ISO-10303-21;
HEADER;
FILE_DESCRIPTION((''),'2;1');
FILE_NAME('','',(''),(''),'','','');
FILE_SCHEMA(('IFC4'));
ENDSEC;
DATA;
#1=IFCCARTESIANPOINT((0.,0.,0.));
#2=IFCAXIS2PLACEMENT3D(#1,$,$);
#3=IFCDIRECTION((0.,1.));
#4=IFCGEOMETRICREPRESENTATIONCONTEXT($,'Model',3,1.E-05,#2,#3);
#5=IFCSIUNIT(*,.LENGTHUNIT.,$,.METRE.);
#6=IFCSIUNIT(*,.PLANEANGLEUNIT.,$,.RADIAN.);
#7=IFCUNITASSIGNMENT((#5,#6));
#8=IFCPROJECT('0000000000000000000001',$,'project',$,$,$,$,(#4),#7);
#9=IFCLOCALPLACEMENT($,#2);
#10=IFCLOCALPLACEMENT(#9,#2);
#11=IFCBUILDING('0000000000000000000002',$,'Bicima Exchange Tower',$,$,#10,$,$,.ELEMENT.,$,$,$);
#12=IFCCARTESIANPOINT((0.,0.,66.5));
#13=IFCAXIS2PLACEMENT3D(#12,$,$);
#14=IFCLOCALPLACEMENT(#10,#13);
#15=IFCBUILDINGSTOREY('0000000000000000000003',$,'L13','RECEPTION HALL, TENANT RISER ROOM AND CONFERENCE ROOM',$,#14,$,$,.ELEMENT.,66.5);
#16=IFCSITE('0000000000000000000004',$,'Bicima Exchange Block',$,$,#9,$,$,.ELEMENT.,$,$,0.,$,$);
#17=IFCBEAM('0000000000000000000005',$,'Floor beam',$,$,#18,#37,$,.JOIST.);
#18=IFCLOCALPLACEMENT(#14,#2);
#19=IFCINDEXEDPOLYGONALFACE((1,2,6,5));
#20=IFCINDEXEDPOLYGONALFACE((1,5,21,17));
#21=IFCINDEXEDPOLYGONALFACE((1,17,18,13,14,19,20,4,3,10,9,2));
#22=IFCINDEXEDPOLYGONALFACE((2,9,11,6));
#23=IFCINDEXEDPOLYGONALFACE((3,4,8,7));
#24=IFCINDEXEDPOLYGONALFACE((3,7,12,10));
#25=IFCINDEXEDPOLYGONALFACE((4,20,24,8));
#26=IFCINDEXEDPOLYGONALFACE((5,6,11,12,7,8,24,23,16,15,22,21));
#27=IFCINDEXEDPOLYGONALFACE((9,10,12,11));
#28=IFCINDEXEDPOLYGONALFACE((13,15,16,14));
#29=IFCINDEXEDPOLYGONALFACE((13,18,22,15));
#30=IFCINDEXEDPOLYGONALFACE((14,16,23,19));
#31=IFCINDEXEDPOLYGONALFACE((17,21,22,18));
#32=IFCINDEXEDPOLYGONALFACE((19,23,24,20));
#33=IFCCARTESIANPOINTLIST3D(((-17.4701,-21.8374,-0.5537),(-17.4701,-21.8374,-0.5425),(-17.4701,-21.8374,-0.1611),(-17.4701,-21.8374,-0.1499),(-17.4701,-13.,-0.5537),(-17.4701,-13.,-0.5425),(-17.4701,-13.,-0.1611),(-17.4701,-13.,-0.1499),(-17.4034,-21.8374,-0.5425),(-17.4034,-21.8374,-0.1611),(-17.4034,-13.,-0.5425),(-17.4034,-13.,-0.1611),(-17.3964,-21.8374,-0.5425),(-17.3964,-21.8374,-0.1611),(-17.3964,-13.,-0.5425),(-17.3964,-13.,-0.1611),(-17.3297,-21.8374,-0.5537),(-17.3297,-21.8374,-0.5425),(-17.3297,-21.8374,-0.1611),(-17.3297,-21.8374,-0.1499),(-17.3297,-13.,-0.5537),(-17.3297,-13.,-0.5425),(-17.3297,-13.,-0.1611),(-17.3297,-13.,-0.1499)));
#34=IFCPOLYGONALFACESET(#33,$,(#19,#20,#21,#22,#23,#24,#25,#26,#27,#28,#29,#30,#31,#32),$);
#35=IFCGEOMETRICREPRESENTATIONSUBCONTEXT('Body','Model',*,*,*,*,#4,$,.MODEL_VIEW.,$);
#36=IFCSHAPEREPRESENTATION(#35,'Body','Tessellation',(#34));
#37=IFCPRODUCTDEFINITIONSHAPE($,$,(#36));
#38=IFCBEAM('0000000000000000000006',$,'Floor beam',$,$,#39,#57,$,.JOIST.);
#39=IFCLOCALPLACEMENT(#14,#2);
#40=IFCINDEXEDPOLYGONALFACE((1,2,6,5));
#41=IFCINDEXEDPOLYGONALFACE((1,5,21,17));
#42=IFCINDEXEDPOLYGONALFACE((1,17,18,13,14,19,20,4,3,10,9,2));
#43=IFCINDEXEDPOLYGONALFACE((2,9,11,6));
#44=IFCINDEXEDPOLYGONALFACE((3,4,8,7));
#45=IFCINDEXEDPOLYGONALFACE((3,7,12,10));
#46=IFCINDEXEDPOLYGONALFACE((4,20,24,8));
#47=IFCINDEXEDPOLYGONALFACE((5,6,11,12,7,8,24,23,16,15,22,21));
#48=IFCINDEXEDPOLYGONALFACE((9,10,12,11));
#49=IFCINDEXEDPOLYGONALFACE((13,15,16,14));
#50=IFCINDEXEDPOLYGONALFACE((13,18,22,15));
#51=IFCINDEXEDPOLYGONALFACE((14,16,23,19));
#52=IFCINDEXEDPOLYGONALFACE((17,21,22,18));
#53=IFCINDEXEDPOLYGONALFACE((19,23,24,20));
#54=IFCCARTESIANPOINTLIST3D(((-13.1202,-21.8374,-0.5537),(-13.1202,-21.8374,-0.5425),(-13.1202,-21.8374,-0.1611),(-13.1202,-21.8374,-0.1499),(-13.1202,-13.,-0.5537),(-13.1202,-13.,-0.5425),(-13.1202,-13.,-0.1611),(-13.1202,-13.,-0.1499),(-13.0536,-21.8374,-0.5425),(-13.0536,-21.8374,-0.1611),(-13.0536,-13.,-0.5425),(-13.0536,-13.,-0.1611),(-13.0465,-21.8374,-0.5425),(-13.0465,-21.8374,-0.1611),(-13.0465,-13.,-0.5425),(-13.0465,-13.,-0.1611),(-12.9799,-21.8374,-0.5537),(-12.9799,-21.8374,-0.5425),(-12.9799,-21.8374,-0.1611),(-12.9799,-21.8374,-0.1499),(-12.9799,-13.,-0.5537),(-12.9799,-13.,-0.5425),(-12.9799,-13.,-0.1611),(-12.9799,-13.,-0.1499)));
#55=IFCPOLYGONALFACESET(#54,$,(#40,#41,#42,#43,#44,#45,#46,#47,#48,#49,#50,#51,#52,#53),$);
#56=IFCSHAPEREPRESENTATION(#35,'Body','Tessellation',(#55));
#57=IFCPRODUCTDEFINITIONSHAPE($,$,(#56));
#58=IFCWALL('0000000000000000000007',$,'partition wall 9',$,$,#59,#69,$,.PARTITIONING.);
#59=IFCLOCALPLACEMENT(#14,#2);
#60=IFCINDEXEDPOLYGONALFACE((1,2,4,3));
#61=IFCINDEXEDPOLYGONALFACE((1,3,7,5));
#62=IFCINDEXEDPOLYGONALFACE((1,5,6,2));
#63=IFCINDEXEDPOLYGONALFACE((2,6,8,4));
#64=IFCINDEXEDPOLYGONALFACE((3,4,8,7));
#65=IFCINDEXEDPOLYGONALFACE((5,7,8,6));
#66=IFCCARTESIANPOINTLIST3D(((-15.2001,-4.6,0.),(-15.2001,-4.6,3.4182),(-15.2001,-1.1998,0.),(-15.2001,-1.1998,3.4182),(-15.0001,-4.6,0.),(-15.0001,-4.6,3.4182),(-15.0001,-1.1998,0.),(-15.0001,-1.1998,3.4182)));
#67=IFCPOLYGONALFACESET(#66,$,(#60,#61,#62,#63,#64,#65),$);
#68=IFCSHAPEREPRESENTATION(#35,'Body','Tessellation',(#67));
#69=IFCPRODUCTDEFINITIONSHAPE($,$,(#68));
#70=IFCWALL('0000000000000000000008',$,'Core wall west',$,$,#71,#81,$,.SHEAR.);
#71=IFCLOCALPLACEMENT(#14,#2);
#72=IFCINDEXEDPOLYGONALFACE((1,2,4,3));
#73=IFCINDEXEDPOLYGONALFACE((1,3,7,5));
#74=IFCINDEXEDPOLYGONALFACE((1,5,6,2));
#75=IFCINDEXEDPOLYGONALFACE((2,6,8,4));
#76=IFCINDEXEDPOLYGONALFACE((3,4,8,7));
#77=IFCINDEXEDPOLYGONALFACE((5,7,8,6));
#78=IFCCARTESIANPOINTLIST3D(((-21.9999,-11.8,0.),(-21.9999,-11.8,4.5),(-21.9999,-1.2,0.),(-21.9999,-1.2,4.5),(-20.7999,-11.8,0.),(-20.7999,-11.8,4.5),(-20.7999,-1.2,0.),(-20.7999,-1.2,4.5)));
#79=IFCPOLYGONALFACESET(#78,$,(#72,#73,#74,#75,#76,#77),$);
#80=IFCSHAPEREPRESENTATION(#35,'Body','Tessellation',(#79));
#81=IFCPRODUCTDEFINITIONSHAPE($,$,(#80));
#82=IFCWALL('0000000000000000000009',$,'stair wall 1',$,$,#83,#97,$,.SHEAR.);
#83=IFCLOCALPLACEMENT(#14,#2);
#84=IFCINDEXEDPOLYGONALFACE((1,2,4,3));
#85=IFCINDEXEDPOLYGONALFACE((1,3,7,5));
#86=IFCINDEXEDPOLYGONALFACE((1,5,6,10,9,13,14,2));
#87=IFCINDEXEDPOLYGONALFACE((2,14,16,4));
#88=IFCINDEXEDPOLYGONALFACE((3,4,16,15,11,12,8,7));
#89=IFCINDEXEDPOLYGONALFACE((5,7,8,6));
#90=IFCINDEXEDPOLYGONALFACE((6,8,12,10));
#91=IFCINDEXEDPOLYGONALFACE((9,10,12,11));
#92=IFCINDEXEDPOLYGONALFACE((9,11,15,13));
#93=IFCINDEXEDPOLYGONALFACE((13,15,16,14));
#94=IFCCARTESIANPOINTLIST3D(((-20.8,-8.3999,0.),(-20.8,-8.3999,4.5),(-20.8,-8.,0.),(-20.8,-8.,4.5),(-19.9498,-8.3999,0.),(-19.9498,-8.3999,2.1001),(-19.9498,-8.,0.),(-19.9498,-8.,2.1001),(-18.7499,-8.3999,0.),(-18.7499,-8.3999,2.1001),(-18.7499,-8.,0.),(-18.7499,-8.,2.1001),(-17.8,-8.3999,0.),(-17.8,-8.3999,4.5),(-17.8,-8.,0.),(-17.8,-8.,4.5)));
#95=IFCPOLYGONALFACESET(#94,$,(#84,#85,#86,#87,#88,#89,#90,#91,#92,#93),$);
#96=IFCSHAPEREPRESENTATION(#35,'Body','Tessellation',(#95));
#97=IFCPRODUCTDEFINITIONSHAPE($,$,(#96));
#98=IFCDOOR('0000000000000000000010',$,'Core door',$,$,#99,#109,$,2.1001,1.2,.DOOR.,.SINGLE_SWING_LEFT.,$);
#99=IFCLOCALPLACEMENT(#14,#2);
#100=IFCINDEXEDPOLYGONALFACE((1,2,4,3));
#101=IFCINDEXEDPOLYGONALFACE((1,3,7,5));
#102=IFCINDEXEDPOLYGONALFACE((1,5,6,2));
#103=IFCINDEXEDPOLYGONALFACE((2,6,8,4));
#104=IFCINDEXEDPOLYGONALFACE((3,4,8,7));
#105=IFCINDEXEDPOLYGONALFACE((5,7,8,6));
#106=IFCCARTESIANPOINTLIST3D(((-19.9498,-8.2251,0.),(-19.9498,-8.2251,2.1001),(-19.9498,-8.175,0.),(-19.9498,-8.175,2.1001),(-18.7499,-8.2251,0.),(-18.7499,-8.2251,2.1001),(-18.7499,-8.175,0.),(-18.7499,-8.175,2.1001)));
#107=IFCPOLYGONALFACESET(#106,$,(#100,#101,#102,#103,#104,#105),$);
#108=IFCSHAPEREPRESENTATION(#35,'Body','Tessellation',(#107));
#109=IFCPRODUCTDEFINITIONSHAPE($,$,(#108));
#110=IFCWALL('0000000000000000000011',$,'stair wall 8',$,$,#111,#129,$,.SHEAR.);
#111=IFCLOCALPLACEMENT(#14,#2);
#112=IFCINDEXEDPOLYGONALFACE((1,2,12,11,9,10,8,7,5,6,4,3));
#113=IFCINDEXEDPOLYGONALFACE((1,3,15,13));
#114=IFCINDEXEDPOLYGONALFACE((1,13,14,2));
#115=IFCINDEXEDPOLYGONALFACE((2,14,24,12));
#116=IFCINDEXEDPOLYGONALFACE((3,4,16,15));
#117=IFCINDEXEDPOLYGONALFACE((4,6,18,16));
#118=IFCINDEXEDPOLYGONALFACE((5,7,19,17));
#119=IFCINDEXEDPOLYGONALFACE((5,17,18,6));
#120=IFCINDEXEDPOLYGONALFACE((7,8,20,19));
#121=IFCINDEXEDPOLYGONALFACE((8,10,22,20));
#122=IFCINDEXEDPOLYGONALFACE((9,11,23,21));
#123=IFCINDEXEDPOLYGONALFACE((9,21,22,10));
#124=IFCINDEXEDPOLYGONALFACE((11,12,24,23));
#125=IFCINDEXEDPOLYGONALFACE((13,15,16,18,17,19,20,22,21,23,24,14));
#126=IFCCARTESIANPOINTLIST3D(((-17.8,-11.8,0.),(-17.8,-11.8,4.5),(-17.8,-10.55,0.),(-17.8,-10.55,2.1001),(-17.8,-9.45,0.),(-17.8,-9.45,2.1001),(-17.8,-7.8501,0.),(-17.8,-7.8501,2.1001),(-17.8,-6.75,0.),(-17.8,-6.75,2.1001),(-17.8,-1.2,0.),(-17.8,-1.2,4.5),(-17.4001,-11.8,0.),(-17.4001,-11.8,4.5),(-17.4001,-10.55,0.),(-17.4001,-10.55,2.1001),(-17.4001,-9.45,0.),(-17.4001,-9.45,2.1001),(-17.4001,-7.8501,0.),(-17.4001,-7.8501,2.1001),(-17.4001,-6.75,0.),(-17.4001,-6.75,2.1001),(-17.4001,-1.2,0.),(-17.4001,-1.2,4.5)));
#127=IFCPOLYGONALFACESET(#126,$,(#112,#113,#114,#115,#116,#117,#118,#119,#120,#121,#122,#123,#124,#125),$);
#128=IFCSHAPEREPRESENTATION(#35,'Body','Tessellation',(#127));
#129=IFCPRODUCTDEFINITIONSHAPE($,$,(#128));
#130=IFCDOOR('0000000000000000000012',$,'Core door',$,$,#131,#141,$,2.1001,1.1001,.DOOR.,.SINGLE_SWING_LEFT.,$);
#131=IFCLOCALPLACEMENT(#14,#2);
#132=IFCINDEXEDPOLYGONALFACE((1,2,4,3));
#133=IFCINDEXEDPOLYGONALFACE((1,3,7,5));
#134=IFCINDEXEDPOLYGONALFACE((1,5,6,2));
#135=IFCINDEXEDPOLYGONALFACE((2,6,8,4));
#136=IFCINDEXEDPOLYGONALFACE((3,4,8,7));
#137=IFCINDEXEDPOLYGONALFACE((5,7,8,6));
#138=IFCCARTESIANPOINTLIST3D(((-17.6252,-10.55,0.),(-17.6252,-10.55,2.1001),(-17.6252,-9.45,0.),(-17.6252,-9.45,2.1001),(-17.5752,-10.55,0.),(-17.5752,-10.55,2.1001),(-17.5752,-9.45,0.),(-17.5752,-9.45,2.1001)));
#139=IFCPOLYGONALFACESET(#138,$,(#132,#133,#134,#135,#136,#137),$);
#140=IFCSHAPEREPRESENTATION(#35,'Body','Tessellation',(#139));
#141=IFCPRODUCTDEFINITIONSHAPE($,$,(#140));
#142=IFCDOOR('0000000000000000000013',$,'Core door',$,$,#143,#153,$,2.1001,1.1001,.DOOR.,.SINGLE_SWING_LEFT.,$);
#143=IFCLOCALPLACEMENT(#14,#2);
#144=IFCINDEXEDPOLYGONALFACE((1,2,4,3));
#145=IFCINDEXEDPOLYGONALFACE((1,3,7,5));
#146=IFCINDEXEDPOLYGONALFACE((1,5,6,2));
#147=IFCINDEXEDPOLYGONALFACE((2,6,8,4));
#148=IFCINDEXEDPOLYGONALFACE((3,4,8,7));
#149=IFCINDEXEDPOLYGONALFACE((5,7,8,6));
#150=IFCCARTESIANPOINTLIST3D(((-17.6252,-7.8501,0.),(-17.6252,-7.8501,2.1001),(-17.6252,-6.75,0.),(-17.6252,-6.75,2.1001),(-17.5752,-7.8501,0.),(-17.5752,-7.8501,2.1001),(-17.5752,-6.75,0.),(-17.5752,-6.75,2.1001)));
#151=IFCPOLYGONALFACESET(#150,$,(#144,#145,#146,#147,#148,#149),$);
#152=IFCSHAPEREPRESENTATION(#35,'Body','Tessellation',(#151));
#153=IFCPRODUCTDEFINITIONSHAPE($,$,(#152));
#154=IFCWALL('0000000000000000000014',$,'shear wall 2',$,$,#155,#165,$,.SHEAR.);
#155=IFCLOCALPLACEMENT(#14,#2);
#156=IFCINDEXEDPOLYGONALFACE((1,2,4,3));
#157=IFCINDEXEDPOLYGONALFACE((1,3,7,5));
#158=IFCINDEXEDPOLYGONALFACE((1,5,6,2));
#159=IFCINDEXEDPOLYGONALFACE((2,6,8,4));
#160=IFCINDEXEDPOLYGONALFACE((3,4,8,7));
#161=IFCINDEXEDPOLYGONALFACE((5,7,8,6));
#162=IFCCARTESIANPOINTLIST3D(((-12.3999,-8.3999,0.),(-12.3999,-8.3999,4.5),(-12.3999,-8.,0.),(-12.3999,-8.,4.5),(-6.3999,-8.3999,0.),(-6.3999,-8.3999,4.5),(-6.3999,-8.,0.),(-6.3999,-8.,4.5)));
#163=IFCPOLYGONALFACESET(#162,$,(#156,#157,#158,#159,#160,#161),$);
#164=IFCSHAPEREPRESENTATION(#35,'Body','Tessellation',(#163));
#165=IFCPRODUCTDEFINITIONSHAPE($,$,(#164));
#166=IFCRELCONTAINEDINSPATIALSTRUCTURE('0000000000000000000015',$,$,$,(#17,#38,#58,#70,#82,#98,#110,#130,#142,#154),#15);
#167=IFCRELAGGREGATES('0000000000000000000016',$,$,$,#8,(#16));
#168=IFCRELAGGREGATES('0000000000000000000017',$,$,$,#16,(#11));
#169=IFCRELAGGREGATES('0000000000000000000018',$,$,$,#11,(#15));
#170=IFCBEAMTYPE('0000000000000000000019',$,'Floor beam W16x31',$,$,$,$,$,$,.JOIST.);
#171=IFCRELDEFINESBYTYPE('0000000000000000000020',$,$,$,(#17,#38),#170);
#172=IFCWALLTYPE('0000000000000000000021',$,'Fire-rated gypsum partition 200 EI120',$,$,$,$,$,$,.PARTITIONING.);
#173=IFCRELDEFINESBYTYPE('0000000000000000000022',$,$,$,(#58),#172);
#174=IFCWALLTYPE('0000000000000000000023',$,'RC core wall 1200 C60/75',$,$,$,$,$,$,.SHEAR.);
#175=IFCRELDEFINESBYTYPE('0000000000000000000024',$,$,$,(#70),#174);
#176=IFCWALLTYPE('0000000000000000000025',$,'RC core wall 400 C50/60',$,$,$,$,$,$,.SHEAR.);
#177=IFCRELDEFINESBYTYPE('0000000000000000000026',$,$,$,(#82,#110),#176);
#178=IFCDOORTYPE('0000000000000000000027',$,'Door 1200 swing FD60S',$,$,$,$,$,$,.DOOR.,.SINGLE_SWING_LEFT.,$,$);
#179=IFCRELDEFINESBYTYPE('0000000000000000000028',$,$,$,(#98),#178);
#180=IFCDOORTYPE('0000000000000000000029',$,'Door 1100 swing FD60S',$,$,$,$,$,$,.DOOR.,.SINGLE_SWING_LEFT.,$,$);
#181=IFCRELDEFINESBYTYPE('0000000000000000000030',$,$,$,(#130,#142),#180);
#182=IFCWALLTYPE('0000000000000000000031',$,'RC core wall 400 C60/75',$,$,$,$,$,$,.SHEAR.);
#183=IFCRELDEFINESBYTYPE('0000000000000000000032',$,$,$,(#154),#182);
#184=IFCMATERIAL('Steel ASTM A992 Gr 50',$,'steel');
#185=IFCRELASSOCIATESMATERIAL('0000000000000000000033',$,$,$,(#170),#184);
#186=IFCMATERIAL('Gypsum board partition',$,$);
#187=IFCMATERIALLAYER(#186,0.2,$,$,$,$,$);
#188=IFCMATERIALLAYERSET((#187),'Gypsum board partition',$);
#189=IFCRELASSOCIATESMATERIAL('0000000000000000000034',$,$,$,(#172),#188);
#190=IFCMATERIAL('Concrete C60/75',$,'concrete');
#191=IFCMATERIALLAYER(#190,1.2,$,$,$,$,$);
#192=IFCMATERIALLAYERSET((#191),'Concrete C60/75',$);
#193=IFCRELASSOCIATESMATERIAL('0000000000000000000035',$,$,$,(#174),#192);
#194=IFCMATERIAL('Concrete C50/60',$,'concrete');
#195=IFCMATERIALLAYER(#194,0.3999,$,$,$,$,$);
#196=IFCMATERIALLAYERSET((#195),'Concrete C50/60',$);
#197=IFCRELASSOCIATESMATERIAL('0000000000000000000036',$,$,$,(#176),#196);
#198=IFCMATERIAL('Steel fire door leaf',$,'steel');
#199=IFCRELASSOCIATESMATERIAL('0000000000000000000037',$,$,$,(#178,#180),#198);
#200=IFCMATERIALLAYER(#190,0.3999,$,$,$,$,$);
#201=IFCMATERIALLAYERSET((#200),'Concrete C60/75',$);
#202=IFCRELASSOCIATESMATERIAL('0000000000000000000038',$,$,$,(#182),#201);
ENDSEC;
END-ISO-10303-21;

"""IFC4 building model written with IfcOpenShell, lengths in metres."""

from ifc_helpers import new_model, si_unit, direction, frame, frame_2d, origin, origin_2d, place, context, subcontext, project, spatial, rectangle, i_section, extrude, material, layer, layer_set, material_profile, profile_set, type_object, element, fill, save


model = new_model("IFC4")

# Units and contexts
model_context = context("Model", 3, precision=1e-05, world=origin(), true_north=direction((0.0, 1.0)))
body_context = subcontext(model_context, "Body", "Model", "MODEL_VIEW")
ifc_project = project(units=[si_unit("LENGTHUNIT", "METRE"), si_unit("PLANEANGLEUNIT", "RADIAN")], contexts=[model_context])

# Site, building, storey
site_placement = place(None, origin())
site = spatial("IfcSite", under=ifc_project, at=site_placement, Name="Bicima Exchange Block", CompositionType="ELEMENT", RefElevation=0.0)
building_placement = place(site_placement, origin())
building = spatial("IfcBuilding", under=site, at=building_placement, Name="Bicima Exchange Tower", CompositionType="ELEMENT")
storey_placement = place(building_placement, frame((0.0, 0.0, 66.5)))
storey = spatial("IfcBuildingStorey", under=building, at=storey_placement, Name="L13", Description="RECEPTION HALL, TENANT RISER ROOM AND CONFERENCE ROOM", CompositionType="ELEMENT", Elevation=66.5)

# Beams
ifc_material_1 = material(Name="Steel ASTM A992 Gr 50", Category="steel")
ifc_material_profile = material_profile(ifc_material_1, i_section(OverallWidth=0.1404, OverallDepth=0.4038, WebThickness=0.0071, FlangeThickness=0.0112, at=origin_2d()))
ifc_profile_set = profile_set([ifc_material_profile], Name="Steel ASTM A992 Gr 50")
beam_type = type_object("IfcBeamType", Name="Floor beam W16x31", PredefinedType="JOIST", material=ifc_profile_set)
for number, where, z_axis, x_axis, name in (
    (1, (-17.3999, -13.0, -0.3518), (0.0, -1.0, 0.0), (1.0, 0.0, 0.0), "Floor beam"),
    (2, (-13.05, -13.0, -0.3518), (0.0, -1.0, 0.0), (1.0, 0.0, 0.0), "Floor beam"),
):
    element("IfcBeam", number, at=place(storey_placement, frame(where, z_axis=z_axis, x_axis=x_axis)), inside=storey, type_object=beam_type, Name=name, PredefinedType="JOIST", context=body_context, shape_type="SweptSolid", body=[
        extrude(i_section(OverallWidth=0.1404, OverallDepth=0.4038, WebThickness=0.0071, FlangeThickness=0.0112, at=origin_2d()), origin(), (0.0, 0.0, 1.0), 8.8374),
    ])

# Walls
ifc_material_2 = material(Name="Gypsum board partition")
ifc_layer_1 = layer(ifc_material_2, 0.2)
ifc_layer_set_1 = layer_set([ifc_layer_1], Name="Gypsum board partition")
wall_type_1 = type_object("IfcWallType", Name="Fire-rated gypsum partition 200 EI120", PredefinedType="PARTITIONING", material=ifc_layer_set_1)
wall_1_placement = place(storey_placement, frame((-15.1001, -4.6001, 0.0), z_axis=(0.0, 0.0, 1.0), x_axis=(0.0, 1.0, 0.0)))
element("IfcWall", 3, at=wall_1_placement, inside=storey, type_object=wall_type_1, Name="partition wall 9", PredefinedType="PARTITIONING", context=body_context, shape_type="SweptSolid", body=[
    extrude(rectangle(XDim=3.4001, YDim=0.2, at=frame_2d((1.7002, 0.0))), origin(), (0.0, 0.0, 1.0), 3.4182),
])
ifc_material_3 = material(Name="Concrete C60/75", Category="concrete")
ifc_layer_2 = layer(ifc_material_3, 1.2)
ifc_layer_set_2 = layer_set([ifc_layer_2], Name="Concrete C60/75")
wall_type_2 = type_object("IfcWallType", Name="RC core wall 1200 C60/75", PredefinedType="SHEAR", material=ifc_layer_set_2)
wall_2_placement = place(storey_placement, frame((-21.3999, -11.8, 0.0), z_axis=(0.0, 0.0, 1.0), x_axis=(0.0, 1.0, 0.0)))
element("IfcWall", 4, at=wall_2_placement, inside=storey, type_object=wall_type_2, Name="Core wall west", PredefinedType="SHEAR", context=body_context, shape_type="SweptSolid", body=[
    extrude(rectangle(XDim=10.6001, YDim=1.2, at=frame_2d((5.3, 0.0))), origin(), (0.0, 0.0, 1.0), 4.5),
])

# Wall, opening, door
ifc_material_4 = material(Name="Concrete C50/60", Category="concrete")
ifc_layer_3 = layer(ifc_material_4, 0.3999)
ifc_layer_set_3 = layer_set([ifc_layer_3], Name="Concrete C50/60")
wall_type_3 = type_object("IfcWallType", Name="RC core wall 400 C50/60", PredefinedType="SHEAR", material=ifc_layer_set_3)
wall_3_placement = place(storey_placement, frame((-20.8, -8.2, 0.0), z_axis=(0.0, 0.0, 1.0), x_axis=(1.0, 0.0, 0.0)))
wall_3 = element("IfcWall", 5, at=wall_3_placement, inside=storey, type_object=wall_type_3, Name="stair wall 1", PredefinedType="SHEAR", context=body_context, shape_type="SweptSolid", body=[
    extrude(rectangle(XDim=3.0, YDim=0.3999, at=frame_2d((1.5, 0.0))), origin(), (0.0, 0.0, 1.0), 4.5),
])
opening_1_placement = place(wall_3_placement, frame((0.8501, 0.0, 0.0)))
opening_1 = element("IfcOpeningElement", 6, at=opening_1_placement, cuts=wall_3, PredefinedType="OPENING", context=body_context, shape_type="SweptSolid", body=[
    extrude(rectangle(XDim=1.2, YDim=2.1001, at=frame_2d((0.6001, 1.05))), frame((0.0, 0.2119, 0.0), z_axis=(0.0, -1.0, 0.0), x_axis=(1.0, 0.0, 0.0)), (0.0, 0.0, 1.0), 0.4238),
])
ifc_material_5 = material(Name="Steel fire door leaf", Category="steel")
door_type_1 = type_object("IfcDoorType", Name="Door 1200 swing FD60S", OperationType="SINGLE_SWING_LEFT", PredefinedType="DOOR", material=ifc_material_5)
door_1_placement = place(opening_1_placement, origin())
door_1 = element("IfcDoor", 7, at=door_1_placement, inside=storey, type_object=door_type_1, Name="Core door", OperationType="SINGLE_SWING_LEFT", OverallHeight=2.1001, OverallWidth=1.2, PredefinedType="DOOR", context=body_context, shape_type="SweptSolid", body=[
    extrude(rectangle(XDim=1.2, YDim=2.1001, at=frame_2d((0.6001, 1.05))), frame((0.0, 0.0249, 0.0), z_axis=(0.0, -1.0, 0.0), x_axis=(1.0, 0.0, 0.0)), (0.0, 0.0, 1.0), 0.05),
])
fill(opening_1, door_1)

# Wall, openings, doors
wall_4_placement = place(storey_placement, frame((-17.6001, -11.8, 0.0), z_axis=(0.0, 0.0, 1.0), x_axis=(0.0, 1.0, 0.0)))
wall_4 = element("IfcWall", 8, at=wall_4_placement, inside=storey, type_object=wall_type_3, Name="stair wall 8", PredefinedType="SHEAR", context=body_context, shape_type="SweptSolid", body=[
    extrude(rectangle(XDim=10.6001, YDim=0.3999, at=frame_2d((5.3, 0.0))), origin(), (0.0, 0.0, 1.0), 4.5),
])
opening_2_placement = place(wall_4_placement, frame((1.25, 0.0, 0.0)))
opening_2 = element("IfcOpeningElement", 9, at=opening_2_placement, cuts=wall_4, PredefinedType="OPENING", context=body_context, shape_type="SweptSolid", body=[
    extrude(rectangle(XDim=1.1001, YDim=2.1001, at=frame_2d((0.55, 1.05))), frame((0.0, 0.2119, 0.0), z_axis=(0.0, -1.0, 0.0), x_axis=(1.0, 0.0, 0.0)), (0.0, 0.0, 1.0), 0.4238),
])
opening_3_placement = place(wall_4_placement, frame((3.95, 0.0, 0.0)))
opening_3 = element("IfcOpeningElement", 10, at=opening_3_placement, cuts=wall_4, PredefinedType="OPENING", context=body_context, shape_type="SweptSolid", body=[
    extrude(rectangle(XDim=1.1001, YDim=2.1001, at=frame_2d((0.55, 1.05))), frame((0.0, 0.2119, 0.0), z_axis=(0.0, -1.0, 0.0), x_axis=(1.0, 0.0, 0.0)), (0.0, 0.0, 1.0), 0.4238),
])
door_type_2 = type_object("IfcDoorType", Name="Door 1100 swing FD60S", OperationType="SINGLE_SWING_LEFT", PredefinedType="DOOR", material=ifc_material_5)
door_2_placement = place(opening_2_placement, frame((1.1001, 0.0, 0.0), z_axis=(0.0, 0.0, 1.0), x_axis=(-1.0, 0.0, 0.0)))
door_2 = element("IfcDoor", 11, at=door_2_placement, inside=storey, type_object=door_type_2, Name="Core door", OperationType="SINGLE_SWING_LEFT", OverallHeight=2.1001, OverallWidth=1.1001, PredefinedType="DOOR", context=body_context, shape_type="SweptSolid", body=[
    extrude(rectangle(XDim=1.1001, YDim=2.1001, at=frame_2d((0.55, 1.05))), frame((0.0, 0.0249, 0.0), z_axis=(0.0, -1.0, 0.0), x_axis=(1.0, 0.0, 0.0)), (0.0, 0.0, 1.0), 0.05),
])
fill(opening_2, door_2)
door_3_placement = place(opening_3_placement, frame((1.1001, 0.0, 0.0), z_axis=(0.0, 0.0, 1.0), x_axis=(-1.0, 0.0, 0.0)))
door_3 = element("IfcDoor", 12, at=door_3_placement, inside=storey, type_object=door_type_2, Name="Core door", OperationType="SINGLE_SWING_LEFT", OverallHeight=2.1001, OverallWidth=1.1001, PredefinedType="DOOR", context=body_context, shape_type="SweptSolid", body=[
    extrude(rectangle(XDim=1.1001, YDim=2.1001, at=frame_2d((0.55, 1.05))), frame((0.0, 0.0249, 0.0), z_axis=(0.0, -1.0, 0.0), x_axis=(1.0, 0.0, 0.0)), (0.0, 0.0, 1.0), 0.05),
])
fill(opening_3, door_3)

# Wall
ifc_layer_4 = layer(ifc_material_3, 0.3999)
ifc_layer_set_4 = layer_set([ifc_layer_4], Name="Concrete C60/75")
wall_type_4 = type_object("IfcWallType", Name="RC core wall 400 C60/75", PredefinedType="SHEAR", material=ifc_layer_set_4)
wall_5_placement = place(storey_placement, frame((-12.3999, -8.2, 0.0), z_axis=(0.0, 0.0, 1.0), x_axis=(1.0, 0.0, 0.0)))
element("IfcWall", 13, at=wall_5_placement, inside=storey, type_object=wall_type_4, Name="shear wall 2", PredefinedType="SHEAR", context=body_context, shape_type="SweptSolid", body=[
    extrude(rectangle(XDim=6.0, YDim=0.3999, at=frame_2d((3.0, 0.0))), origin(), (0.0, 0.0, 1.0), 4.5),
])

save(model, "model.ifc")
